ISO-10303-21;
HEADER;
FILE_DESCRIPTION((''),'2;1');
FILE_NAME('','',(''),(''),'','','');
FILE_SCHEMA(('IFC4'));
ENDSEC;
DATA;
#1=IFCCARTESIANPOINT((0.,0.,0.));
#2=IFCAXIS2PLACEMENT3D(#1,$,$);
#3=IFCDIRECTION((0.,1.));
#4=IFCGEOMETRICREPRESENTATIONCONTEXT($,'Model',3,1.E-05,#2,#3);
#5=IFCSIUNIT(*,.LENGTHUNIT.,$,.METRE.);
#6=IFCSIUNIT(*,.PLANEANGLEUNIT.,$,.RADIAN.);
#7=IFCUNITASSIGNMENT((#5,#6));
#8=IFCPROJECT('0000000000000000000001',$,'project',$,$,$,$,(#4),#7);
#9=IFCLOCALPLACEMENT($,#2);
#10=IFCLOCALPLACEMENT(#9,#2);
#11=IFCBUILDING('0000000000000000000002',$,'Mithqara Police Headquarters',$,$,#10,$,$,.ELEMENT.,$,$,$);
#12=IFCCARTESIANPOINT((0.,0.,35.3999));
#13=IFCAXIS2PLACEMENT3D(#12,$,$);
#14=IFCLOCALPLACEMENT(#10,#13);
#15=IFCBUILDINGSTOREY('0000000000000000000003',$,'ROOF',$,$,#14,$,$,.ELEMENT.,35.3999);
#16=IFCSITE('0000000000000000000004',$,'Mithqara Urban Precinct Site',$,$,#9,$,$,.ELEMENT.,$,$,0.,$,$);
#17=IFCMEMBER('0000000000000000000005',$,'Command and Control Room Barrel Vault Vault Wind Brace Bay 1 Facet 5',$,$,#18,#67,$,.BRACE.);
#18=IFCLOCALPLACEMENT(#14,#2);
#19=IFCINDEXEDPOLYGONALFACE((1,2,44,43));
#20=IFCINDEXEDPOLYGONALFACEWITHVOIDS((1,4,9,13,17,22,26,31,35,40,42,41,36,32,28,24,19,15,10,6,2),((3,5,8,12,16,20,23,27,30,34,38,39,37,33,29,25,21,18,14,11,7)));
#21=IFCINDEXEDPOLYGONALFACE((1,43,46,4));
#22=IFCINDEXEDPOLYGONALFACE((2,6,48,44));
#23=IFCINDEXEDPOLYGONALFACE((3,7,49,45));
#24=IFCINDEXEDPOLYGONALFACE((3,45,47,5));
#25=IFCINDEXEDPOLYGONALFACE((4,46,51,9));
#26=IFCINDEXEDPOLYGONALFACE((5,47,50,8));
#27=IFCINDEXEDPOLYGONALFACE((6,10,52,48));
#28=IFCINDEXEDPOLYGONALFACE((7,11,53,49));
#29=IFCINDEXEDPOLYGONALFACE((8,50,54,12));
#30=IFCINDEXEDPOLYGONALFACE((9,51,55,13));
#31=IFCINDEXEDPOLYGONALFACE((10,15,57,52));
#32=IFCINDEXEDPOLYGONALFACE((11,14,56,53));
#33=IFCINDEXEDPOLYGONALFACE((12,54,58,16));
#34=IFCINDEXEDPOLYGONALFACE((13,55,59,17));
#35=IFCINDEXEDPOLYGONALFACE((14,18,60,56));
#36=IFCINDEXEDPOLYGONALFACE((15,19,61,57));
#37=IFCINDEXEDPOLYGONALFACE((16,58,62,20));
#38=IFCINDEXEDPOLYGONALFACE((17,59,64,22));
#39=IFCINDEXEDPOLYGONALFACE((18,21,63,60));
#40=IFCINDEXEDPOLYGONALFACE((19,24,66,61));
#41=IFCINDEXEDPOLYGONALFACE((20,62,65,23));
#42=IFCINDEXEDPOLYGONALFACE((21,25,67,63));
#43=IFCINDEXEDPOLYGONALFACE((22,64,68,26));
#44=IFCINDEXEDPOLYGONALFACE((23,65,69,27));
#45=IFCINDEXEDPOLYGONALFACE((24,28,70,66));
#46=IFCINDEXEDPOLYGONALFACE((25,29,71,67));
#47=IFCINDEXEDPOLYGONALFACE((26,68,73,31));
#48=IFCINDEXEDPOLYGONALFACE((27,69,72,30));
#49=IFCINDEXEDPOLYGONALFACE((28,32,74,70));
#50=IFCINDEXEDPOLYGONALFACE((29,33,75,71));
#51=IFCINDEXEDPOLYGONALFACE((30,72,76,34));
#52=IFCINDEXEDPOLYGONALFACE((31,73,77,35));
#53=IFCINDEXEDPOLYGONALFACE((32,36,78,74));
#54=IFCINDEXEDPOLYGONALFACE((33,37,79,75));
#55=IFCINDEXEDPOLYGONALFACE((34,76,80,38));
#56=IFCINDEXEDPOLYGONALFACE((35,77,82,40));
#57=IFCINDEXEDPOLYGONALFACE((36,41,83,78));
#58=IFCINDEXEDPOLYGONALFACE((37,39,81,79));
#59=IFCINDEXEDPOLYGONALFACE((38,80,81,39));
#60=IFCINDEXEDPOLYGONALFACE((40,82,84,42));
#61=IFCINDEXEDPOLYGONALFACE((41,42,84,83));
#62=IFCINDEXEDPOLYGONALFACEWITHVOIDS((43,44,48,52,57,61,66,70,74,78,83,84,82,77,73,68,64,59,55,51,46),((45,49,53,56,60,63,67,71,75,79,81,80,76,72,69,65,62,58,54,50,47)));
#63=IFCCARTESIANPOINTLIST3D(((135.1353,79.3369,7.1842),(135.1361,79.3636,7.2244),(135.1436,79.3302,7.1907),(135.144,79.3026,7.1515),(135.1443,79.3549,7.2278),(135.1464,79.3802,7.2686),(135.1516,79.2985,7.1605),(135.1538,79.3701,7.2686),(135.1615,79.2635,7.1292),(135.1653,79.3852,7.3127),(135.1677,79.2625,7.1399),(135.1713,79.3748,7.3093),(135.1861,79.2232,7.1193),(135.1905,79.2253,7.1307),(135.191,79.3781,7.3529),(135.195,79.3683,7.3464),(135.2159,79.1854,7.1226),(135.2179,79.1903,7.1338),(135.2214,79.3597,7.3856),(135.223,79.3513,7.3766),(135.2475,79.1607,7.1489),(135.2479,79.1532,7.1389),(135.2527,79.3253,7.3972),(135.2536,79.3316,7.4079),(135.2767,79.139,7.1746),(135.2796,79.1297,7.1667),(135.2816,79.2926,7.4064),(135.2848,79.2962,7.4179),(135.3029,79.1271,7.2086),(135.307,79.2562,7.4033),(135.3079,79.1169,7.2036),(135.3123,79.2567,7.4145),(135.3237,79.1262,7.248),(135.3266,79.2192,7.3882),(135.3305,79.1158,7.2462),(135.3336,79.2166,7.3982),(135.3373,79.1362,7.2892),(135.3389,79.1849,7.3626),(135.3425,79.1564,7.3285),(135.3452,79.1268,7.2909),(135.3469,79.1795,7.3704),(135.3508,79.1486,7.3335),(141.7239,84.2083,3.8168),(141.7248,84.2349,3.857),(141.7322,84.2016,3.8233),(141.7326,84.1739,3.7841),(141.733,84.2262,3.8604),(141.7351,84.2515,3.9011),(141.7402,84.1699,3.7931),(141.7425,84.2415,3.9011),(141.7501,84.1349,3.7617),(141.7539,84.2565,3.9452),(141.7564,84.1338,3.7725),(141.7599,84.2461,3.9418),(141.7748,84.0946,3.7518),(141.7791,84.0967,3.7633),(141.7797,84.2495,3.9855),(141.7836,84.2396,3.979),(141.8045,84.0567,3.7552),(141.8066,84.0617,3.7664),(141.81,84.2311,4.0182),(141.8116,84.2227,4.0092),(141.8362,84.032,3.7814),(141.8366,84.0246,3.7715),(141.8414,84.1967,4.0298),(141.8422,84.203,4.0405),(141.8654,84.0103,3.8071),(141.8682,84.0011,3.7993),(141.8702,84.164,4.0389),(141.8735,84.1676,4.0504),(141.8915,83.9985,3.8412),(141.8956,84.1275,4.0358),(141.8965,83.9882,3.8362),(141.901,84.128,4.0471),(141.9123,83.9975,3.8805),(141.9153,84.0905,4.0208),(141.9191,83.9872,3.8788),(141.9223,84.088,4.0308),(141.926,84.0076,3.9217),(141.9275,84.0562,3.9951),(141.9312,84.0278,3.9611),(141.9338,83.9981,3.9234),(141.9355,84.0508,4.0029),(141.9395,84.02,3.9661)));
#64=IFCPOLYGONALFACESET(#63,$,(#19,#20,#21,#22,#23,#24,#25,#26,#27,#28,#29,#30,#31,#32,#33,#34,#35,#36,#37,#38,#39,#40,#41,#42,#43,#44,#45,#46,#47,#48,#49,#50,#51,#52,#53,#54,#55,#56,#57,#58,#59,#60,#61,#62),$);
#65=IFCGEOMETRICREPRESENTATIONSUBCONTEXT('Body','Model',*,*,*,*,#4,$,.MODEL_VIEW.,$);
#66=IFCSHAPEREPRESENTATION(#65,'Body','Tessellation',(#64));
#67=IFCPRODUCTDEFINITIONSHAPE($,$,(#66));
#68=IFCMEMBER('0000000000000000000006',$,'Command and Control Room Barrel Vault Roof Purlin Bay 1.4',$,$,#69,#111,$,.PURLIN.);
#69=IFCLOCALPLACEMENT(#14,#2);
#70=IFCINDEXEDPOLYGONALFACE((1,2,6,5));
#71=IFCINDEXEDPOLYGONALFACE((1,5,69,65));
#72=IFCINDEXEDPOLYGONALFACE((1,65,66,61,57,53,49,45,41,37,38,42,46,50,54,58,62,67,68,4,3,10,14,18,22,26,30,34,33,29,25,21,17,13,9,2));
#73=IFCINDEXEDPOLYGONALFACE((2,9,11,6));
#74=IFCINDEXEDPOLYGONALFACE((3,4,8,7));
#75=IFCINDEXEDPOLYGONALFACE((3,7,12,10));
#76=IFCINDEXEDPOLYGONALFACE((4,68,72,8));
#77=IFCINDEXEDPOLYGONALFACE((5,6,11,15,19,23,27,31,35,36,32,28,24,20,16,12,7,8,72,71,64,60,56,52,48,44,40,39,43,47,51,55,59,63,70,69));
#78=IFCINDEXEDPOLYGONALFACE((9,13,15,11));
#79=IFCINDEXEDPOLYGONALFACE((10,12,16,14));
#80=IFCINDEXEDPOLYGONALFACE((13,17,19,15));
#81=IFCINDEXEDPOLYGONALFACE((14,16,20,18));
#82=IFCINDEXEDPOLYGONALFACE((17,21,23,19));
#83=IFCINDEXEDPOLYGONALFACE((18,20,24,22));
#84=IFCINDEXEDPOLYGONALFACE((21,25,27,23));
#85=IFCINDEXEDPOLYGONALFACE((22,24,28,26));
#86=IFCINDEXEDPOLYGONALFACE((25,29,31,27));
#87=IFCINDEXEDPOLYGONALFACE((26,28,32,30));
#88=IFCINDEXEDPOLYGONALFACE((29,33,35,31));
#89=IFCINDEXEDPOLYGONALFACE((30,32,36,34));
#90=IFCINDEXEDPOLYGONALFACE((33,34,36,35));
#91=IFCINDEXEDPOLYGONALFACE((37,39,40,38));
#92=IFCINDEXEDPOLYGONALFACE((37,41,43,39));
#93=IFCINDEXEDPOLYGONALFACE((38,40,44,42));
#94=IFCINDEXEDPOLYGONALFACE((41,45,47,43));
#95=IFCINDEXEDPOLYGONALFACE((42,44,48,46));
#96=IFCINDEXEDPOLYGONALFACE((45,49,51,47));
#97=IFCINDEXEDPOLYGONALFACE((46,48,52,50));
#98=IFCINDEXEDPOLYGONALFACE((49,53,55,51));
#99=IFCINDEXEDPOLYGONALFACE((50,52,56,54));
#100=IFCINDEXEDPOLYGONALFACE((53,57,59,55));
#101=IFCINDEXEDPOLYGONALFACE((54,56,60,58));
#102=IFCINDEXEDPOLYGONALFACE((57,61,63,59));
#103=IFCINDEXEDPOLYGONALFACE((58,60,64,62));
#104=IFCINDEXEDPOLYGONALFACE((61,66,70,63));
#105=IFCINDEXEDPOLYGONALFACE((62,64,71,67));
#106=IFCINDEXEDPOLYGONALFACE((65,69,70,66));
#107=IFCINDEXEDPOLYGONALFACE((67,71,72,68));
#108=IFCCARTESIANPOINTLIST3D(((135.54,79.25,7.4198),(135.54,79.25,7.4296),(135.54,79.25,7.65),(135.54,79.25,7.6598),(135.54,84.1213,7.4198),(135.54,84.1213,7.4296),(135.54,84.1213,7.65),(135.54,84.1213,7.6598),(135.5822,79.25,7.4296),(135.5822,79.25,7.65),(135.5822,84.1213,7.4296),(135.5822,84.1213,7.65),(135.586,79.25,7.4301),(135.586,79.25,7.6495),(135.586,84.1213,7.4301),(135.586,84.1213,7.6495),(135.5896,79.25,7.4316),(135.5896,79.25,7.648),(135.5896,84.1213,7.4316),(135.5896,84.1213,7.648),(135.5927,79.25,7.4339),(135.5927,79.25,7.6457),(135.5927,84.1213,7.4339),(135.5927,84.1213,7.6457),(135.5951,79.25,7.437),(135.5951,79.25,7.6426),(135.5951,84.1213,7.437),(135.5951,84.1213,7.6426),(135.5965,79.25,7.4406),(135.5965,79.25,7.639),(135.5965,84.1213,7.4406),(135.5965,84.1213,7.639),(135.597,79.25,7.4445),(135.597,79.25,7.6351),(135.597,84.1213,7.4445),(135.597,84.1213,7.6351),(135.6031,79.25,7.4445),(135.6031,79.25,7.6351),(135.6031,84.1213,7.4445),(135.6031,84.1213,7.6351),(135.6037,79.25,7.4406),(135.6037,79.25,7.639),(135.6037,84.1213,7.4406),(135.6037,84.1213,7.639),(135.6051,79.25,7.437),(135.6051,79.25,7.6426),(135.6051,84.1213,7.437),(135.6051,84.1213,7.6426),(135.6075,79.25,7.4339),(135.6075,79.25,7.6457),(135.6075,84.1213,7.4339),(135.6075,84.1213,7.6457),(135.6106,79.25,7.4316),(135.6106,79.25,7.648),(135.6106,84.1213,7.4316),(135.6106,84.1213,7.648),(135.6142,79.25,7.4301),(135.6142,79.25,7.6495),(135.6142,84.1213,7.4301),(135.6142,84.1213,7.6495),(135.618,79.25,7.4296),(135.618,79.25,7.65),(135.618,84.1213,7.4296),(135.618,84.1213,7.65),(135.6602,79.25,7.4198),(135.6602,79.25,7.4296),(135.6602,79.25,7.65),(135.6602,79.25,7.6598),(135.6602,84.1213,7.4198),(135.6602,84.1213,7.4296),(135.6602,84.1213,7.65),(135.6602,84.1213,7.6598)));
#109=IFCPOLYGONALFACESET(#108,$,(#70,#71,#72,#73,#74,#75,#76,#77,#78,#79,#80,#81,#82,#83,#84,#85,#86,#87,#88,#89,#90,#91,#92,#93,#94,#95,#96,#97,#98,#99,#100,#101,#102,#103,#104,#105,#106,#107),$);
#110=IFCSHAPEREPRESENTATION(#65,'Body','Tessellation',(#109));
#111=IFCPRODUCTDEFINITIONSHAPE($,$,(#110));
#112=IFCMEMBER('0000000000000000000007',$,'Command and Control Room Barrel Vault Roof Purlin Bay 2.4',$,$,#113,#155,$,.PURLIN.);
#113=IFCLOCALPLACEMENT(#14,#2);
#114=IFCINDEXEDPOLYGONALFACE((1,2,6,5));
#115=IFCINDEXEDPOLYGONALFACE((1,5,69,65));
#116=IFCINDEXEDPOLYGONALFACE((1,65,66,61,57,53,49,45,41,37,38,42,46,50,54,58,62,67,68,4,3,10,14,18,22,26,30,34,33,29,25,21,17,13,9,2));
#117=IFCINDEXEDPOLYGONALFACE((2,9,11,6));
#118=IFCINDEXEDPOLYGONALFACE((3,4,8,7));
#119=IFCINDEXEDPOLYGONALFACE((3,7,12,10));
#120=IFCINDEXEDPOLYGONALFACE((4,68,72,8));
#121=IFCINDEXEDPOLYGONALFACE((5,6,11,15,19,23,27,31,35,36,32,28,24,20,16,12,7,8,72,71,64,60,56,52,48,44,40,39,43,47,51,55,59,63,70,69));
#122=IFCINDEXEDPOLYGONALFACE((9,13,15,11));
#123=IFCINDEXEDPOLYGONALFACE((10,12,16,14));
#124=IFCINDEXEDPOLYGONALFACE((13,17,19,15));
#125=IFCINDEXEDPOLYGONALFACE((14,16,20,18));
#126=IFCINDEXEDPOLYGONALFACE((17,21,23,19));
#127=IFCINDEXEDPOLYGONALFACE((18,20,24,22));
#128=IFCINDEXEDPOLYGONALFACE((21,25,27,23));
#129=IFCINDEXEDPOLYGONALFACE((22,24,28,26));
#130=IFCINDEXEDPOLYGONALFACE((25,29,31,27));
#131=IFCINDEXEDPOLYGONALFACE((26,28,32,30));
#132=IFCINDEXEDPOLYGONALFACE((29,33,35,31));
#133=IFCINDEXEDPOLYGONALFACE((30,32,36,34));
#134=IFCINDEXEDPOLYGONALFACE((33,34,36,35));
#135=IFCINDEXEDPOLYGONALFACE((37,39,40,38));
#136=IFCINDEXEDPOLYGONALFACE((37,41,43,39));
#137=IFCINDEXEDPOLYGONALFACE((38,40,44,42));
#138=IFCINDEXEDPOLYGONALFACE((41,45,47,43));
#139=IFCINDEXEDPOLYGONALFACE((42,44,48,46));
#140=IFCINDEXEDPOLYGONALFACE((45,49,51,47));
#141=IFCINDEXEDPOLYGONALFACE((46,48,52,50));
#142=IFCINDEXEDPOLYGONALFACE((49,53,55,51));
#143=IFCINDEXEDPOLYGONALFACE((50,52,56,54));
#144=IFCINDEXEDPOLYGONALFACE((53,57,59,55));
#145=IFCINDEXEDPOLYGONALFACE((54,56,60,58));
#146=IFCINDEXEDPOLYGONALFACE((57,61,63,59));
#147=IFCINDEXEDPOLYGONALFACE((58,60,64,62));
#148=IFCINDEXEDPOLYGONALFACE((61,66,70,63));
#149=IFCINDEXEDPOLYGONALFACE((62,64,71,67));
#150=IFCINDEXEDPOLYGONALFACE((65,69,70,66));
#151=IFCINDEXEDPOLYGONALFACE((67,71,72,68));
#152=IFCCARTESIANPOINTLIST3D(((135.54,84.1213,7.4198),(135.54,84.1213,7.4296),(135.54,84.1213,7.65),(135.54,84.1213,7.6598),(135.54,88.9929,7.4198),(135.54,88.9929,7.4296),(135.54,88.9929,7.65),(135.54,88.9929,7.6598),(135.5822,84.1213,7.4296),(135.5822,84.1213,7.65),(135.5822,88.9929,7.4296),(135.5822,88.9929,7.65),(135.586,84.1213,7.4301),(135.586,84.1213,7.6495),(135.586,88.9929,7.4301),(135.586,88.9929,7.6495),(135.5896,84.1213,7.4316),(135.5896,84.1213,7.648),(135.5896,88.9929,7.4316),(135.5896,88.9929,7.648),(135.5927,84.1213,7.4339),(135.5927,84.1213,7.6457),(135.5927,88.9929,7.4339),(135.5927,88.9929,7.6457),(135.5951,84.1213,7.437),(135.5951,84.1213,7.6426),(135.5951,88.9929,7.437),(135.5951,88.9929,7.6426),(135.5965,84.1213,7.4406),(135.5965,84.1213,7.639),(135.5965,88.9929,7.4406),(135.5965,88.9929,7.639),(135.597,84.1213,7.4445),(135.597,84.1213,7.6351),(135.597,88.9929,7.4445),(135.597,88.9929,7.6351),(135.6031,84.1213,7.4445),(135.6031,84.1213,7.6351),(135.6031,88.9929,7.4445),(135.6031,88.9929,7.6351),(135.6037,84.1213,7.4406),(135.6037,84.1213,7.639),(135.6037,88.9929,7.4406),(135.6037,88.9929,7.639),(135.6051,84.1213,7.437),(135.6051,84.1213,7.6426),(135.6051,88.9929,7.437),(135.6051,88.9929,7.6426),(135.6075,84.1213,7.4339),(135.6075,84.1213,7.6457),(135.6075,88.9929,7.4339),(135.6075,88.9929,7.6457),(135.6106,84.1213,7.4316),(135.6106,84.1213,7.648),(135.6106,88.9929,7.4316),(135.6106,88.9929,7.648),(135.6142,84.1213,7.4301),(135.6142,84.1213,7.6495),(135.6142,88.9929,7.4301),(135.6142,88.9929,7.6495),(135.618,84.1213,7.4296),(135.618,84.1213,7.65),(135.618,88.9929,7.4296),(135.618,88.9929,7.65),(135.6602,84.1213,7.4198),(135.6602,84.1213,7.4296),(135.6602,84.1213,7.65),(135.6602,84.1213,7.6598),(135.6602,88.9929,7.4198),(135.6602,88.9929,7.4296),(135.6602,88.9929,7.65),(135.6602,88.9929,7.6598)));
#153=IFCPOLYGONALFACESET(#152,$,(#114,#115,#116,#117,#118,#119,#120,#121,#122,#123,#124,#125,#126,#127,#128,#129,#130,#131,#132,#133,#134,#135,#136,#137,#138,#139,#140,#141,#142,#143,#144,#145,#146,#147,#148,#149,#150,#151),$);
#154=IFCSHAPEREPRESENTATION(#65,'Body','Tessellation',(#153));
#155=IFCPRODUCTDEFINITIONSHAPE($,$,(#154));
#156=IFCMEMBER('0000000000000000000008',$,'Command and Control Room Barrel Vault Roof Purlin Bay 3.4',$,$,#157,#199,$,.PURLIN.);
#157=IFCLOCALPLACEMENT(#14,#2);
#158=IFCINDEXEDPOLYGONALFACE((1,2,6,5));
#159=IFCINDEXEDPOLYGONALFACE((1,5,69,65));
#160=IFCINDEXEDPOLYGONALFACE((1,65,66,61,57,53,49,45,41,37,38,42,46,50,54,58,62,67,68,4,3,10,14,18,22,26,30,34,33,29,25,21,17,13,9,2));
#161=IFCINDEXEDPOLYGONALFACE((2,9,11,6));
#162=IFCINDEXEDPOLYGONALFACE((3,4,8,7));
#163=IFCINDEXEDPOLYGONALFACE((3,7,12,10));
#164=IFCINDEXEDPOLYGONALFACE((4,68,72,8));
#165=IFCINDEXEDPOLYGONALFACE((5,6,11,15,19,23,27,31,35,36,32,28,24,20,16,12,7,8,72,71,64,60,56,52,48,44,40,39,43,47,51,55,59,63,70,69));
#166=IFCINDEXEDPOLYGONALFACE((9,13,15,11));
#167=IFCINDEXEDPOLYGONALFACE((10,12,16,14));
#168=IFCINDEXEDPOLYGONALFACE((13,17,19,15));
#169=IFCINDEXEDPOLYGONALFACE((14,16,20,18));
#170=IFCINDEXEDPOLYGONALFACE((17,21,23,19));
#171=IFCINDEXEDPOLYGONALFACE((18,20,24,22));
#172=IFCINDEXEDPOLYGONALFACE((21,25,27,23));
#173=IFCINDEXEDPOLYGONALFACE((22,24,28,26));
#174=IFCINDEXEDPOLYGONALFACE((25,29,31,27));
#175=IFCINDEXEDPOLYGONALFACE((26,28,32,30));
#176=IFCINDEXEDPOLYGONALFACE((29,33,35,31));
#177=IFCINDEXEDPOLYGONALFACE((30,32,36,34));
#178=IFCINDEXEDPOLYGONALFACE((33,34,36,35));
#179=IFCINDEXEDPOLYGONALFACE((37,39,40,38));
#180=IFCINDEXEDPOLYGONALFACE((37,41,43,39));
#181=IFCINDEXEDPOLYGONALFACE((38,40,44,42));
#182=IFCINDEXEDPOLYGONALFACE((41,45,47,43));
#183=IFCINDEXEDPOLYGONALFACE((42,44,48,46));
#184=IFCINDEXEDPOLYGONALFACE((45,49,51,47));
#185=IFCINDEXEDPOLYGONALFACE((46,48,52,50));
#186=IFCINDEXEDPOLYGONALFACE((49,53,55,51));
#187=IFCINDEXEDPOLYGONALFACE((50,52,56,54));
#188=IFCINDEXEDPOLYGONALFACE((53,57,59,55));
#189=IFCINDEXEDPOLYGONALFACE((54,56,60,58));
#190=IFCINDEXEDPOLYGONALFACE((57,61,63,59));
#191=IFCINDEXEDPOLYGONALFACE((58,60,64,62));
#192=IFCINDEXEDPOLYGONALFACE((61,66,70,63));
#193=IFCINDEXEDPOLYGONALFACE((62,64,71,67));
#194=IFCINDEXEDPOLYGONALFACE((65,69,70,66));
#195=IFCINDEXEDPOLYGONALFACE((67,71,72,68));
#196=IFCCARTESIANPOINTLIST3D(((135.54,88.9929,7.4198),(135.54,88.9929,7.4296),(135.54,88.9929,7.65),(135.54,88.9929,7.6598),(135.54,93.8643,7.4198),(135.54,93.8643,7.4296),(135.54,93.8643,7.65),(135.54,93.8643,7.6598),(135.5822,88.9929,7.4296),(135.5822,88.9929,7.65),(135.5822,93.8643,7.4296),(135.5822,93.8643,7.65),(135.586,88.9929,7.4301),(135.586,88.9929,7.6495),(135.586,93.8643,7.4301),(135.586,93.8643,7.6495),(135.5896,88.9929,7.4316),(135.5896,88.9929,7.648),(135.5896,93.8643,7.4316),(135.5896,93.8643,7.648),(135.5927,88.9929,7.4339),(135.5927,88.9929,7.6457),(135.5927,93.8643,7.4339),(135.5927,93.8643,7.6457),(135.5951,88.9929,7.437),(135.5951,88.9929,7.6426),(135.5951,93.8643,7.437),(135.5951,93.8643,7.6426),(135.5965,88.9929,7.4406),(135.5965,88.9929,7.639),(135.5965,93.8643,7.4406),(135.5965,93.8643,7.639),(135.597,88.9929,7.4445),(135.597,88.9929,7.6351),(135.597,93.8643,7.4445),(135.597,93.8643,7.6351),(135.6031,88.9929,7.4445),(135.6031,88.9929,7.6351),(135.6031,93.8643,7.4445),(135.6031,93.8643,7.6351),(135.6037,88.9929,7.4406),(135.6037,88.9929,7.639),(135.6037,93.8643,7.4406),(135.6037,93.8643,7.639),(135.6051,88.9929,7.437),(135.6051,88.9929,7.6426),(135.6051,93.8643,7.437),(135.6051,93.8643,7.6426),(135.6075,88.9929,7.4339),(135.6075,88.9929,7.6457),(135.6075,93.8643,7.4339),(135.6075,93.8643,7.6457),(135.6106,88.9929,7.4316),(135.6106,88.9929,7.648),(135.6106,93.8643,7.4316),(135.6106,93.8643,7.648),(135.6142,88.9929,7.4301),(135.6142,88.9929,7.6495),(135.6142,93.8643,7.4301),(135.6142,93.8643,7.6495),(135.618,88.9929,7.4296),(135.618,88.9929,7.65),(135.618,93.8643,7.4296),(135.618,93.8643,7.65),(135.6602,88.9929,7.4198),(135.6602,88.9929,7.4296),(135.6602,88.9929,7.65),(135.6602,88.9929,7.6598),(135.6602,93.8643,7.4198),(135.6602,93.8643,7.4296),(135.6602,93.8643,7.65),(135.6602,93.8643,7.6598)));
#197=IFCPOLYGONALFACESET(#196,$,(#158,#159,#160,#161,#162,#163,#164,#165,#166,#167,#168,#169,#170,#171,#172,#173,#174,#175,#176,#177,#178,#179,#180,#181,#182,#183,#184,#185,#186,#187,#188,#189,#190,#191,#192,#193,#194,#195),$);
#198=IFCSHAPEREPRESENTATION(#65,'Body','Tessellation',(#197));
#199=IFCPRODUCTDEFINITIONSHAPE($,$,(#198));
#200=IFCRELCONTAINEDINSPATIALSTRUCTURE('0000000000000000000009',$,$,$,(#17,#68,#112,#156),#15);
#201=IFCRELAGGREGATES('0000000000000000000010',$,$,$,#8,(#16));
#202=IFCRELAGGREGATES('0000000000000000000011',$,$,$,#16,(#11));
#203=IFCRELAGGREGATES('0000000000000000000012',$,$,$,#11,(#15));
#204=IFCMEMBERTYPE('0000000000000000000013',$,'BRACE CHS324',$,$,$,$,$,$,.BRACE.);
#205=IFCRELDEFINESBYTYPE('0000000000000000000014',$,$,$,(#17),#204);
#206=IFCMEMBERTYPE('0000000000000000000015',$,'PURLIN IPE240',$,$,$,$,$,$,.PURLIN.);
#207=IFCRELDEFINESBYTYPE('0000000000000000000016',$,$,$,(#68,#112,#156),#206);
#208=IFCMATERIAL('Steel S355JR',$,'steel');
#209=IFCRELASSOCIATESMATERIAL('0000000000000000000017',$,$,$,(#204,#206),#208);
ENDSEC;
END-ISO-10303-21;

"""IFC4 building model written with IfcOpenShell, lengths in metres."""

from ifc_helpers import new_model, si_unit, direction, frame, origin, origin_2d, place, context, subcontext, project, spatial, hollow_circle, i_section, extrude, material, material_profile, profile_set, type_object, element, save


model = new_model("IFC4")

# Units and contexts
model_context = context("Model", 3, precision=1e-05, world=origin(), true_north=direction((0.0, 1.0)))
body_context = subcontext(model_context, "Body", "Model", "MODEL_VIEW")
ifc_project = project(units=[si_unit("LENGTHUNIT", "METRE"), si_unit("PLANEANGLEUNIT", "RADIAN")], contexts=[model_context])

# Site, building, storey
site_placement = place(None, origin())
site = spatial("IfcSite", under=ifc_project, at=site_placement, Name="Mithqara Urban Precinct Site", CompositionType="ELEMENT", RefElevation=0.0)
building_placement = place(site_placement, origin())
building = spatial("IfcBuilding", under=site, at=building_placement, Name="Mithqara Police Headquarters", CompositionType="ELEMENT")
storey_placement = place(building_placement, frame((0.0, 0.0, 35.3999)))
storey = spatial("IfcBuildingStorey", under=building, at=storey_placement, Name="ROOF", CompositionType="ELEMENT", Elevation=35.3999)

# Members
ifc_material_1 = material(Name="Steel S355JR", Category="steel")
ifc_material_profile_1 = material_profile(ifc_material_1, hollow_circle(Radius=0.1619, WallThickness=0.0125, at=origin_2d()), Name="CHS 323.9x12.5")
ifc_profile_set_1 = profile_set([ifc_material_profile_1], Name="Steel S355JR")
member_type_1 = type_object("IfcMemberType", Name="BRACE CHS324", PredefinedType="BRACE", material=ifc_profile_set_1)
member_1_placement = place(storey_placement, frame((135.2427, 79.25, 7.2686), z_axis=(0.743732, 0.549883, -0.38012), x_axis=(-0.594508, 0.804089, 0.0)))
element("IfcMember", 1, at=member_1_placement, inside=storey, type_object=member_type_1, Name="Command and Control Room Barrel Vault Vault Wind Brace Bay 1 Facet 5", PredefinedType="BRACE", context=body_context, shape_type="SweptSolid", body=[
    extrude(hollow_circle(Radius=0.1619, WallThickness=0.0125, at=origin_2d()), origin(), (0.0, 0.0, 1.0), 8.8589),
])
ifc_material_profile_2 = material_profile(ifc_material_1, i_section(OverallWidth=0.1201, OverallDepth=0.24, WebThickness=0.0061, FlangeThickness=0.0098, FilletRadius=0.0149, at=origin_2d()), Name="IPE 240")
ifc_profile_set_2 = profile_set([ifc_material_profile_2], Name="Steel S355JR")
member_type_2 = type_object("IfcMemberType", Name="PURLIN IPE240", PredefinedType="PURLIN", material=ifc_profile_set_2)
member_2_placement = place(storey_placement, frame((135.6001, 79.25, 7.5398), z_axis=(0.0, 1.0, 0.0), x_axis=(-1.0, 0.0, 0.0)))
element("IfcMember", 2, at=member_2_placement, inside=storey, type_object=member_type_2, Name="Command and Control Room Barrel Vault Roof Purlin Bay 1.4", PredefinedType="PURLIN", context=body_context, shape_type="SweptSolid", body=[
    extrude(i_section(OverallWidth=0.1201, OverallDepth=0.24, WebThickness=0.0061, FlangeThickness=0.0098, FilletRadius=0.0149, at=origin_2d()), origin(), (0.0, 0.0, 1.0), 4.8713),
])
member_3_placement = place(storey_placement, frame((135.6001, 84.1213, 7.5398), z_axis=(0.0, 1.0, 0.0), x_axis=(-1.0, 0.0, 0.0)))
element("IfcMember", 3, at=member_3_placement, inside=storey, type_object=member_type_2, Name="Command and Control Room Barrel Vault Roof Purlin Bay 2.4", PredefinedType="PURLIN", context=body_context, shape_type="SweptSolid", body=[
    extrude(i_section(OverallWidth=0.1201, OverallDepth=0.24, WebThickness=0.0061, FlangeThickness=0.0098, FilletRadius=0.0149, at=origin_2d()), origin(), (0.0, 0.0, 1.0), 4.8716),
])
member_4_placement = place(storey_placement, frame((135.6001, 88.9929, 7.5398), z_axis=(0.0, 1.0, 0.0), x_axis=(-1.0, 0.0, 0.0)))
element("IfcMember", 4, at=member_4_placement, inside=storey, type_object=member_type_2, Name="Command and Control Room Barrel Vault Roof Purlin Bay 3.4", PredefinedType="PURLIN", context=body_context, shape_type="SweptSolid", body=[
    extrude(i_section(OverallWidth=0.1201, OverallDepth=0.24, WebThickness=0.0061, FlangeThickness=0.0098, FilletRadius=0.0149, at=origin_2d()), origin(), (0.0, 0.0, 1.0), 4.8713),
])

save(model, "model.ifc")
